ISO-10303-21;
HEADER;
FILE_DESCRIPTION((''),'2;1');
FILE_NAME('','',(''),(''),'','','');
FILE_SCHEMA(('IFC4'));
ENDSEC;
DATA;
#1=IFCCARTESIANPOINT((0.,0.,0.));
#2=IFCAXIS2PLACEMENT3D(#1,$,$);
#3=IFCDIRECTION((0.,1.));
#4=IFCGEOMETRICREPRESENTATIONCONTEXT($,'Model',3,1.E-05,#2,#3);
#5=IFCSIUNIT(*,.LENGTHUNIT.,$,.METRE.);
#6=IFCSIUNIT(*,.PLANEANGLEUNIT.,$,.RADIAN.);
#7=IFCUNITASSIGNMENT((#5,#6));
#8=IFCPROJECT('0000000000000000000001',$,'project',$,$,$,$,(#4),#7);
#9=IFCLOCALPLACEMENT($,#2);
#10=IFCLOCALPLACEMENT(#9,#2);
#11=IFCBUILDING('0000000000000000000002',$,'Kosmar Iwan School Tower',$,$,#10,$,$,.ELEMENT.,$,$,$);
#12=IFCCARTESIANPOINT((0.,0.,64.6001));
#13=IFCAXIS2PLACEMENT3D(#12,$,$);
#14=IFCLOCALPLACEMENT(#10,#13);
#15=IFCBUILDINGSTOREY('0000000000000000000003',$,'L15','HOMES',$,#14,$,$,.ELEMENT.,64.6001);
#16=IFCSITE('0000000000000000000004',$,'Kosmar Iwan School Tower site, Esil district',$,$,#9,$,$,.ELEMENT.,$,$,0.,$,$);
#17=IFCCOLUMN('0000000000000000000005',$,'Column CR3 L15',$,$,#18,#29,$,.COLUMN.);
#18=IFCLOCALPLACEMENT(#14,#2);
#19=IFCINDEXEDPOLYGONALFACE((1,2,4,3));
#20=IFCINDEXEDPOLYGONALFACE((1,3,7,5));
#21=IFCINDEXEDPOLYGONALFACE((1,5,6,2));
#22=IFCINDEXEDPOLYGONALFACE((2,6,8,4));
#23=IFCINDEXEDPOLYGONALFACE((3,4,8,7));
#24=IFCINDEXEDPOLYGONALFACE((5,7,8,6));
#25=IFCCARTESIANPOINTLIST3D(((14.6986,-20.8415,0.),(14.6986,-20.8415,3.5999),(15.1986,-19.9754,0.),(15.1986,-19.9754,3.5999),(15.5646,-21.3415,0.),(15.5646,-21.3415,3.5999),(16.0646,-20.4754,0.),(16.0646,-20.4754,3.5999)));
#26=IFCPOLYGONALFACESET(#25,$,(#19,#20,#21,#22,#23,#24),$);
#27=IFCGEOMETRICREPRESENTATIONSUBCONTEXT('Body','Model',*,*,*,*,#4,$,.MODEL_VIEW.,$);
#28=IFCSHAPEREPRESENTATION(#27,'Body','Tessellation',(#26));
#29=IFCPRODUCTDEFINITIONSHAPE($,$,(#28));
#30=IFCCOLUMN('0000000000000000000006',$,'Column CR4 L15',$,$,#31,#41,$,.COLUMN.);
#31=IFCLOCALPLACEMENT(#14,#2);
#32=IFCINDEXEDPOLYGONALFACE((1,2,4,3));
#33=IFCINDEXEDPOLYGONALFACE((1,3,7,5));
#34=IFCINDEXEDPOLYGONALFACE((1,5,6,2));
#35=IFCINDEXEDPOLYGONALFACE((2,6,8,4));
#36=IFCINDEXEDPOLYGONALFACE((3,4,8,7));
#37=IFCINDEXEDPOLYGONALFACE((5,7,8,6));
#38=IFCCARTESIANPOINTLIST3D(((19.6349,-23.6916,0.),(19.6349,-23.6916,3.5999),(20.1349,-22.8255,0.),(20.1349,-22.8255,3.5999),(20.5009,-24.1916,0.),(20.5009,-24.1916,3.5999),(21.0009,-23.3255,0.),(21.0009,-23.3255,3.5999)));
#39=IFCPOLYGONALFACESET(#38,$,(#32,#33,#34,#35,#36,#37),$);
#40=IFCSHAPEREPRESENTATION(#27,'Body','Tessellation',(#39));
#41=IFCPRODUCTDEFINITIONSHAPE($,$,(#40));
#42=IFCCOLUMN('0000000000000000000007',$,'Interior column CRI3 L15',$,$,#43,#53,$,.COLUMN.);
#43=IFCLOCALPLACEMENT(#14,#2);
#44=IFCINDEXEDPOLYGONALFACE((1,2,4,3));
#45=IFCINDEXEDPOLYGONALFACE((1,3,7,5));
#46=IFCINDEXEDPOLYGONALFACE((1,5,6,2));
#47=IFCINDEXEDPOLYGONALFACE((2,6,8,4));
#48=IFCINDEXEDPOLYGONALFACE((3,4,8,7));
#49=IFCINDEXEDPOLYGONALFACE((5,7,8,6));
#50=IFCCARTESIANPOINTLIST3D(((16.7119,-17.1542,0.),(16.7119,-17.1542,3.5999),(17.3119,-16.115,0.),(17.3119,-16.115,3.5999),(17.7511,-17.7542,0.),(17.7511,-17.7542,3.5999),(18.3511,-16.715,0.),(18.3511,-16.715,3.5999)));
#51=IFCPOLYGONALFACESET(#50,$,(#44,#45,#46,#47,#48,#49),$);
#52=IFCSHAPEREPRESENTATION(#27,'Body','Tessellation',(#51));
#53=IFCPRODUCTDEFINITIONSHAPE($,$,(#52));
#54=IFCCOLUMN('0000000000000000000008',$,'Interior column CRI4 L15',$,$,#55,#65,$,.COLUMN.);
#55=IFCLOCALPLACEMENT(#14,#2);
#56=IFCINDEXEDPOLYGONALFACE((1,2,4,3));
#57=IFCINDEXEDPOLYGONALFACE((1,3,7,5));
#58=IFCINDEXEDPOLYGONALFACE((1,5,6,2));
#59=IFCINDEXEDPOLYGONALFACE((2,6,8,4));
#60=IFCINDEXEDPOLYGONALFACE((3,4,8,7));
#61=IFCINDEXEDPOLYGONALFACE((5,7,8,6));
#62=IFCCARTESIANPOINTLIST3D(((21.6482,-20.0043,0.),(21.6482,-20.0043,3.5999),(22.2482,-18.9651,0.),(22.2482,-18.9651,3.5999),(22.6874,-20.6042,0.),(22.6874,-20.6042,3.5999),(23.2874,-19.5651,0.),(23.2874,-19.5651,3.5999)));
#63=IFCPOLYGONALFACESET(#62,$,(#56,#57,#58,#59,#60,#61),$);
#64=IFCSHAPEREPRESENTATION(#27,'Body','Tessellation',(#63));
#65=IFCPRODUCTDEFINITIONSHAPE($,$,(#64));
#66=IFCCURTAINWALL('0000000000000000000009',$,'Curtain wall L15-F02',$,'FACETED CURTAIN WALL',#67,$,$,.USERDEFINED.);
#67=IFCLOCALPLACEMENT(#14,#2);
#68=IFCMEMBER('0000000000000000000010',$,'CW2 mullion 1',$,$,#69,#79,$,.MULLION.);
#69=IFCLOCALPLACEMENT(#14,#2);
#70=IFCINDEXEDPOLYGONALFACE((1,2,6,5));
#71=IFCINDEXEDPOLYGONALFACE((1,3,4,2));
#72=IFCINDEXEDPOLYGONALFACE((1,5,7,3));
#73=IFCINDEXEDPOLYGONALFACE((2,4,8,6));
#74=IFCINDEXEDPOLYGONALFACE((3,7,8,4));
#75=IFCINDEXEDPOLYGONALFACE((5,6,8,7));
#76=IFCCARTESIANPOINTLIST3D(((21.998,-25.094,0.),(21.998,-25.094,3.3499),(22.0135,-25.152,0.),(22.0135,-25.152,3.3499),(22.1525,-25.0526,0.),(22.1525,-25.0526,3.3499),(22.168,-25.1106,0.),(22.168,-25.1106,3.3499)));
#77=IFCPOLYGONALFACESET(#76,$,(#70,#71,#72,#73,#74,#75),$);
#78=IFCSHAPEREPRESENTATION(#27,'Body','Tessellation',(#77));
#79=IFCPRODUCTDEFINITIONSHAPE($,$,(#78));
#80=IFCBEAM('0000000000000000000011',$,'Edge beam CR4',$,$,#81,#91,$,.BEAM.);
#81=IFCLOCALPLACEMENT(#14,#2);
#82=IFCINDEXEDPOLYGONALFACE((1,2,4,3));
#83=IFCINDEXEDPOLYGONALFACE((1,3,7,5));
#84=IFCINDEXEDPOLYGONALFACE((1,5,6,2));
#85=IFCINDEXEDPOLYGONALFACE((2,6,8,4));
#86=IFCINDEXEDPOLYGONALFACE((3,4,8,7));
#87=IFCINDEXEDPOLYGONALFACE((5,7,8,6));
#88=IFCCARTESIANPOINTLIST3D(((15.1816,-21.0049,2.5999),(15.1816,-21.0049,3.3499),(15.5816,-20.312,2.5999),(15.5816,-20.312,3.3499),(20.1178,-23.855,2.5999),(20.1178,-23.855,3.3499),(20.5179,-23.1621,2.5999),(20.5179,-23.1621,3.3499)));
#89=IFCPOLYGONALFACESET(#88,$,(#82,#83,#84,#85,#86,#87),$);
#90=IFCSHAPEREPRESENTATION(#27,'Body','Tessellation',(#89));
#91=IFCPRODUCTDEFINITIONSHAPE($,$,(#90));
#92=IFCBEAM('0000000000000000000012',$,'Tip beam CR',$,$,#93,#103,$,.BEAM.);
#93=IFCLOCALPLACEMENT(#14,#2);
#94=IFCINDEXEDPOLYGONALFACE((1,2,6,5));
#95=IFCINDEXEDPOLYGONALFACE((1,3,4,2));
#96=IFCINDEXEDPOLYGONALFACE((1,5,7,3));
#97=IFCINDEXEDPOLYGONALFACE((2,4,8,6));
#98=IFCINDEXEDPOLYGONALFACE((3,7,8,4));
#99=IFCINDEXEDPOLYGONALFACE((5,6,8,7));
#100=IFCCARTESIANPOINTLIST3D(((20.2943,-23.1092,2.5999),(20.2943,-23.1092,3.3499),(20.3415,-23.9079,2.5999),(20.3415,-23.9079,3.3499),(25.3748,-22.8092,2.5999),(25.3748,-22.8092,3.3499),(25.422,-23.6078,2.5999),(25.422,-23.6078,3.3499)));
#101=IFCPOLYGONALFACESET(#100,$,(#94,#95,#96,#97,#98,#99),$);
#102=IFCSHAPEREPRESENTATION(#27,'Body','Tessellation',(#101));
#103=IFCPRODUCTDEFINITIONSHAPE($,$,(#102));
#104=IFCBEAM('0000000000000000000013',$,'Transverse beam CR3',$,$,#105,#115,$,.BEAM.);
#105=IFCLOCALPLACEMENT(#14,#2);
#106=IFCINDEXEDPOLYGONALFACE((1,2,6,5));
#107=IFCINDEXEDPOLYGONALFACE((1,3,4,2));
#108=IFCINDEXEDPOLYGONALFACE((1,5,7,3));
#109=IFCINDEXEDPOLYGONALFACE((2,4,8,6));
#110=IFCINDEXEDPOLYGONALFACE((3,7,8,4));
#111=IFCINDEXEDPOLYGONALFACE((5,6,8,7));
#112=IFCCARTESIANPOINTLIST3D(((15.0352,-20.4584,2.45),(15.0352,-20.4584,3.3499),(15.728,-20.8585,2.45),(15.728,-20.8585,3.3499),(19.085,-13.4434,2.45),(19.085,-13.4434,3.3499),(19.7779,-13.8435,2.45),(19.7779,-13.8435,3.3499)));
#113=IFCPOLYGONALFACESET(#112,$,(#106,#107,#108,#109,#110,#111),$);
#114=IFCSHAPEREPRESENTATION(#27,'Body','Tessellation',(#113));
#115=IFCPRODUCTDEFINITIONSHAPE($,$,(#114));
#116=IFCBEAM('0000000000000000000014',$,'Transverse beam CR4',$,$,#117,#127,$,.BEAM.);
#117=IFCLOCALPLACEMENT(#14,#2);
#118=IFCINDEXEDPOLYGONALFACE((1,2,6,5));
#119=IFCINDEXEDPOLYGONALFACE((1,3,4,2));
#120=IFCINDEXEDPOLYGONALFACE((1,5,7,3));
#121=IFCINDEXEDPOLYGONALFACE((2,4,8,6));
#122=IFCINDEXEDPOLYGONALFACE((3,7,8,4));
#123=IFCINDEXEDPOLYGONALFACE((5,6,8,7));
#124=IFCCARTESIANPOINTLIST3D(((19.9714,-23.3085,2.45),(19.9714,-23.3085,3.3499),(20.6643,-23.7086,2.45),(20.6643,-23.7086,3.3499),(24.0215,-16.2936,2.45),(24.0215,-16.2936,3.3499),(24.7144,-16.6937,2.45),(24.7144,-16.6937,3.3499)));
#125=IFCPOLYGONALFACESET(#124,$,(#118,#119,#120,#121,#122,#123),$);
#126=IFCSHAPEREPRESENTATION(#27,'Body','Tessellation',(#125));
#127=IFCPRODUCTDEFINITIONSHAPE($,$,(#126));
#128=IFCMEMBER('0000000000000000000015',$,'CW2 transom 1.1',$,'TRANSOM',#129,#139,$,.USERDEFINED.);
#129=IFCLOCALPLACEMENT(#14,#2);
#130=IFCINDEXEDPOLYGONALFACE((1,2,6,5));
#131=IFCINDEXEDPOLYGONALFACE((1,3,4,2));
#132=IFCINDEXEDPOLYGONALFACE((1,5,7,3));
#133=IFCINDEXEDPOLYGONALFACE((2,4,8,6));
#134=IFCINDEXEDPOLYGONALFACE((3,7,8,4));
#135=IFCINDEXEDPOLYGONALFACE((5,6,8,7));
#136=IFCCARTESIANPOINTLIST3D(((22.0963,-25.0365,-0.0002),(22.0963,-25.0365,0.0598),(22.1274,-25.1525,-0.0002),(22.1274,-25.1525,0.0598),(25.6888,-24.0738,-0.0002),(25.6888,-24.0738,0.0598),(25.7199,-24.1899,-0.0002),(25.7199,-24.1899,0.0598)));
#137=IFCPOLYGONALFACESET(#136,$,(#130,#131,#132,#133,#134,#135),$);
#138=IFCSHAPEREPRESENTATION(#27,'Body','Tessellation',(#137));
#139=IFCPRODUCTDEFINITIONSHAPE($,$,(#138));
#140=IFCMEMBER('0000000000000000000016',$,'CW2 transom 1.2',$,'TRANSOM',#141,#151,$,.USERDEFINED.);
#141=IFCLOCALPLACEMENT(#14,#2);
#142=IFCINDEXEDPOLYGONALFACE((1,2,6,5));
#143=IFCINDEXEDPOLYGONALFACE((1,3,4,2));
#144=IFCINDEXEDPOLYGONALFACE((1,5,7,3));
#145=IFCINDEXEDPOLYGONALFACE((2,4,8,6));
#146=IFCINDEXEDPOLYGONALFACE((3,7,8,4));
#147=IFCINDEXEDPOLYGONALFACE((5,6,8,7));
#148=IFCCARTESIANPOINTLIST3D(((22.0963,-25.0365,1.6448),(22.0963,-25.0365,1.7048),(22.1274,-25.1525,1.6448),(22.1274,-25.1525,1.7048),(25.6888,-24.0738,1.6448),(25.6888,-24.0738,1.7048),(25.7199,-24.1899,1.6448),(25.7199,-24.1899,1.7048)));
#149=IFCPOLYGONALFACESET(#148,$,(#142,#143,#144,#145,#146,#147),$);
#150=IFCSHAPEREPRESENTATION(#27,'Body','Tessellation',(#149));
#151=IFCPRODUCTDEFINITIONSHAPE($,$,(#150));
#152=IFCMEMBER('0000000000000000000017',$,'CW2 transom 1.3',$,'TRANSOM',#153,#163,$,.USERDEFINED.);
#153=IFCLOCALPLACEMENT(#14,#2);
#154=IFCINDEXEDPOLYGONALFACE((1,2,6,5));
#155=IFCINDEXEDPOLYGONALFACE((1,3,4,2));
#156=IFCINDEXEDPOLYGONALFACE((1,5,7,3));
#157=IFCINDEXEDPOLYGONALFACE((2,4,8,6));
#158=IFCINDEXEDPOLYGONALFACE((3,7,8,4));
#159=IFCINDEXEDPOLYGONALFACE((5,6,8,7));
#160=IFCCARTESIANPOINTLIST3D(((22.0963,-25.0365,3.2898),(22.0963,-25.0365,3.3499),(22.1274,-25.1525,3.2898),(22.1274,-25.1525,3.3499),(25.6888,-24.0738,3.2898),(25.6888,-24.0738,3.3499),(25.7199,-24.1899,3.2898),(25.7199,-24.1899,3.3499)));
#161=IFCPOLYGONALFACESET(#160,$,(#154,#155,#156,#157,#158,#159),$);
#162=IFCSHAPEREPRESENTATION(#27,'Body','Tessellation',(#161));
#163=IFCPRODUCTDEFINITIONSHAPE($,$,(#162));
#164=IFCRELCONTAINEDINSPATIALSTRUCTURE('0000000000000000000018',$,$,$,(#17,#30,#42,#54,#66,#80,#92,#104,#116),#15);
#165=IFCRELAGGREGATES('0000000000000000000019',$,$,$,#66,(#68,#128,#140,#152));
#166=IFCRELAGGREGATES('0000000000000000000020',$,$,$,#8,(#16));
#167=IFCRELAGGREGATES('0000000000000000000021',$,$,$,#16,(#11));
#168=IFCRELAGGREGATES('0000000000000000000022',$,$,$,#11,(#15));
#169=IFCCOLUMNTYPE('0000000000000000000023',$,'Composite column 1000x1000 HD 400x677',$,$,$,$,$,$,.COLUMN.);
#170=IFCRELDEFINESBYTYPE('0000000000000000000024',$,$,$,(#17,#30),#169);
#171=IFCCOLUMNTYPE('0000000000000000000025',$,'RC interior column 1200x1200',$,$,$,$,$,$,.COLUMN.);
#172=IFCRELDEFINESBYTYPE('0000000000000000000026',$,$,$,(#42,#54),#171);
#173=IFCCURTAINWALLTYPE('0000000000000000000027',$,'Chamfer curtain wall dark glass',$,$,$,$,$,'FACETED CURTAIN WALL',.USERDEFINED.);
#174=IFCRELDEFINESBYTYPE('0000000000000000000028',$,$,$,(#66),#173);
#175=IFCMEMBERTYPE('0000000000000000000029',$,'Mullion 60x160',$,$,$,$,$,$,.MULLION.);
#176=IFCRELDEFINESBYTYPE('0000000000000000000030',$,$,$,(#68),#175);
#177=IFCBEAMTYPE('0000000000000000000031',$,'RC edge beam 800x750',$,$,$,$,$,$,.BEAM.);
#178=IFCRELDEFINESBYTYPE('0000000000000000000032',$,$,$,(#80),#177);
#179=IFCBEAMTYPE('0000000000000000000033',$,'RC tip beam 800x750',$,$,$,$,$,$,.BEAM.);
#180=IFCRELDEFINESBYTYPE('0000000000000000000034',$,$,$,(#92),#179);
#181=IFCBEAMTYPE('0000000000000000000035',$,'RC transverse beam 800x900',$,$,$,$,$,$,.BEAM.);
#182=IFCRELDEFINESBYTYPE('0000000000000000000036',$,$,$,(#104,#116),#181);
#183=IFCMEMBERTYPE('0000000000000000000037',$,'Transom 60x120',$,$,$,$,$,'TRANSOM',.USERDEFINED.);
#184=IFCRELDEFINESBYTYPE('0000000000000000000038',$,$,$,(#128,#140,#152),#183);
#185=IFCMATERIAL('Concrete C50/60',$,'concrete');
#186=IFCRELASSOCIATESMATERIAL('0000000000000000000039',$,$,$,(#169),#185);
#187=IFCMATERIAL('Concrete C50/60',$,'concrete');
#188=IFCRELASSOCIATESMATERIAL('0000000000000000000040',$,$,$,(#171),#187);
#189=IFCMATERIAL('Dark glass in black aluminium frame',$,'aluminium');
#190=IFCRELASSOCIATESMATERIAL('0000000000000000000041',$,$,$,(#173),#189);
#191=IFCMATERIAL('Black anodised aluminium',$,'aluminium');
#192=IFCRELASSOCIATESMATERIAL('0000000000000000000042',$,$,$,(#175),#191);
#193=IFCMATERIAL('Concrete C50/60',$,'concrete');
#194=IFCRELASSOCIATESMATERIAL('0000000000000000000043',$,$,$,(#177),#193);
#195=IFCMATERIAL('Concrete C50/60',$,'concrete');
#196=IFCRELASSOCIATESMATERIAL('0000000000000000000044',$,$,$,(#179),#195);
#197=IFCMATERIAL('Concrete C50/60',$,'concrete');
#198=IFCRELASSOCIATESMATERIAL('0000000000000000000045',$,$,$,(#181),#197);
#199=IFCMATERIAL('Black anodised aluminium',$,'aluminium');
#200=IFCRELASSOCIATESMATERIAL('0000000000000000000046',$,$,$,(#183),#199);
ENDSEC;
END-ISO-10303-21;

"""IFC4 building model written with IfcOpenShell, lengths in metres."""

from ifc_helpers import new_model, si_unit, direction, frame, origin, origin_2d, place, context, subcontext, project, spatial, rectangle, extrude, material, material_profile, profile_set, type_object, element, aggregate, save


model = new_model("IFC4")

# Units and contexts
model_context = context("Model", 3, precision=1e-05, world=origin(), true_north=direction((0.0, 1.0)))
body_context = subcontext(model_context, "Body", "Model", "MODEL_VIEW")
ifc_project = project(units=[si_unit("LENGTHUNIT", "METRE"), si_unit("PLANEANGLEUNIT", "RADIAN")], contexts=[model_context])

# Site, building, storey
site_placement = place(None, origin())
site = spatial("IfcSite", under=ifc_project, at=site_placement, Name="Kosmar Iwan School Tower site, Esil district", CompositionType="ELEMENT", RefElevation=0.0)
building_placement = place(site_placement, origin())
building = spatial("IfcBuilding", under=site, at=building_placement, Name="Kosmar Iwan School Tower", CompositionType="ELEMENT")
storey_placement = place(building_placement, frame((0.0, 0.0, 64.6001)))
storey = spatial("IfcBuildingStorey", under=building, at=storey_placement, Name="L15", Description="HOMES", CompositionType="ELEMENT", Elevation=64.6001)

# Columns
ifc_material_1 = material(Name="Concrete C50/60", Category="concrete")
ifc_material_profile_1 = material_profile(ifc_material_1, rectangle(XDim=1.0, YDim=1.0, at=origin_2d()), Name="RC 1000x1000 + HD 400x677")
ifc_profile_set_1 = profile_set([ifc_material_profile_1], Name="Concrete C50/60")
column_type_1 = type_object("IfcColumnType", Name="Composite column 1000x1000 HD 400x677", PredefinedType="COLUMN", material=ifc_profile_set_1)
for number, where, z_axis, x_axis, name in (
    (1, (15.3816, -20.6584, 0.0), (0.0, 0.0, 1.0), (0.866025, -0.5, 0.0), "Column CR3 L15"),
    (2, (20.3179, -23.5085, 0.0), (0.0, 0.0, 1.0), (0.866025, -0.5, 0.0), "Column CR4 L15"),
):
    element("IfcColumn", number, at=place(storey_placement, frame(where, z_axis=z_axis, x_axis=x_axis)), inside=storey, type_object=column_type_1, Name=name, PredefinedType="COLUMN", context=body_context, shape_type="SweptSolid", body=[
        extrude(rectangle(XDim=1.0, YDim=1.0, at=origin_2d()), origin(), (0.0, 0.0, 1.0), 3.5999),
    ])
ifc_material_2 = material(Name="Concrete C50/60", Category="concrete")
ifc_material_profile_2 = material_profile(ifc_material_2, rectangle(XDim=1.2, YDim=1.2, at=origin_2d()), Name="RC 1200x1200")
ifc_profile_set_2 = profile_set([ifc_material_profile_2], Name="Concrete C50/60")
column_type_2 = type_object("IfcColumnType", Name="RC interior column 1200x1200", PredefinedType="COLUMN", material=ifc_profile_set_2)
for number, where, z_axis, x_axis, name in (
    (3, (17.5315, -16.9346, 0.0), (0.0, 0.0, 1.0), (0.866025, -0.5, 0.0), "Interior column CRI3 L15"),
    (4, (22.4678, -19.7847, 0.0), (0.0, 0.0, 1.0), (0.866025, -0.5, 0.0), "Interior column CRI4 L15"),
):
    element("IfcColumn", number, at=place(storey_placement, frame(where, z_axis=z_axis, x_axis=x_axis)), inside=storey, type_object=column_type_2, Name=name, PredefinedType="COLUMN", context=body_context, shape_type="SweptSolid", body=[
        extrude(rectangle(XDim=1.2, YDim=1.2, at=origin_2d()), origin(), (0.0, 0.0, 1.0), 3.5999),
    ])

# Curtain wall, member
ifc_material_3 = material(Name="Dark glass in black aluminium frame", Category="aluminium")
curtain_wall_type = type_object("IfcCurtainWallType", Name="Chamfer curtain wall dark glass", ElementType="FACETED CURTAIN WALL", PredefinedType="USERDEFINED", material=ifc_material_3)
curtain_wall_placement = place(storey_placement, origin())
curtain_wall = element("IfcCurtainWall", 5, at=curtain_wall_placement, inside=storey, type_object=curtain_wall_type, Name="Curtain wall L15-F02", ObjectType="FACETED CURTAIN WALL", PredefinedType="USERDEFINED")
ifc_material_4 = material(Name="Black anodised aluminium", Category="aluminium")
ifc_material_profile_3 = material_profile(ifc_material_4, rectangle(XDim=0.0601, YDim=0.1599, at=origin_2d()), Name="MULLION 60x160")
ifc_profile_set_3 = profile_set([ifc_material_profile_3], Name="Black anodised aluminium")
member_type_1 = type_object("IfcMemberType", Name="Mullion 60x160", PredefinedType="MULLION", material=ifc_profile_set_3)
member_1_placement = place(storey_placement, frame((22.083, -25.1023, 0.0), z_axis=(0.0, 0.0, 1.0), x_axis=(-0.258819, 0.965926, 0.0)))
member_1 = element("IfcMember", 6, at=member_1_placement, type_object=member_type_1, Name="CW2 mullion 1", PredefinedType="MULLION", context=body_context, shape_type="SweptSolid", body=[
    extrude(rectangle(XDim=0.0601, YDim=0.1599, at=origin_2d()), origin(), (0.0, 0.0, 1.0), 3.3499),
])

# Beams
ifc_material_5 = material(Name="Concrete C50/60", Category="concrete")
ifc_material_profile_4 = material_profile(ifc_material_5, rectangle(XDim=0.8, YDim=0.75, at=origin_2d()), Name="RC 800x750")
ifc_profile_set_4 = profile_set([ifc_material_profile_4], Name="Concrete C50/60")
beam_type_1 = type_object("IfcBeamType", Name="RC edge beam 800x750", PredefinedType="BEAM", material=ifc_profile_set_4)
beam_1_placement = place(storey_placement, frame((15.3816, -20.6584, 2.9749), z_axis=(0.866015, -0.500018, 0.0), x_axis=(0.500018, 0.866015, 0.0)))
element("IfcBeam", 7, at=beam_1_placement, inside=storey, type_object=beam_type_1, Name="Edge beam CR4", PredefinedType="BEAM", context=body_context, shape_type="SweptSolid", body=[
    extrude(rectangle(XDim=0.8, YDim=0.75, at=origin_2d()), origin(), (0.0, 0.0, 1.0), 5.7),
])
ifc_material_6 = material(Name="Concrete C50/60", Category="concrete")
ifc_material_profile_5 = material_profile(ifc_material_6, rectangle(XDim=0.8, YDim=0.75, at=origin_2d()), Name="RC 800x750")
ifc_profile_set_5 = profile_set([ifc_material_profile_5], Name="Concrete C50/60")
beam_type_2 = type_object("IfcBeamType", Name="RC tip beam 800x750", PredefinedType="BEAM", material=ifc_profile_set_5)
beam_2_placement = place(storey_placement, frame((20.3179, -23.5085, 2.9749), z_axis=(0.998261, 0.058955, 0.0), x_axis=(-0.058955, 0.998261, 0.0)))
element("IfcBeam", 8, at=beam_2_placement, inside=storey, type_object=beam_type_2, Name="Tip beam CR", PredefinedType="BEAM", context=body_context, shape_type="SweptSolid", body=[
    extrude(rectangle(XDim=0.8, YDim=0.75, at=origin_2d()), origin(), (0.0, 0.0, 1.0), 5.0894),
])
ifc_material_7 = material(Name="Concrete C50/60", Category="concrete")
ifc_material_profile_6 = material_profile(ifc_material_7, rectangle(XDim=0.8, YDim=0.8999, at=origin_2d()), Name="RC 800x900")
ifc_profile_set_6 = profile_set([ifc_material_profile_6], Name="Concrete C50/60")
beam_type_3 = type_object("IfcBeamType", Name="RC transverse beam 800x900", PredefinedType="BEAM", material=ifc_profile_set_6)
for number, where, z_axis, x_axis, name in (
    (9, (15.3816, -20.6584, 2.8999), (0.499977, 0.866039, 0.0), (-0.866039, 0.499977, 0.0), "Transverse beam CR3"),
    (10, (20.3179, -23.5085, 2.8999), (0.5, 0.866025, 0.0), (-0.866025, 0.5, 0.0), "Transverse beam CR4"),
):
    element("IfcBeam", number, at=place(storey_placement, frame(where, z_axis=z_axis, x_axis=x_axis)), inside=storey, type_object=beam_type_3, Name=name, PredefinedType="BEAM", context=body_context, shape_type="SweptSolid", body=[
        extrude(rectangle(XDim=0.8, YDim=0.8999, at=origin_2d()), origin(), (0.0, 0.0, 1.0), 8.1001),
    ])

# Members
ifc_material_8 = material(Name="Black anodised aluminium", Category="aluminium")
ifc_material_profile_7 = material_profile(ifc_material_8, rectangle(XDim=0.1201, YDim=0.0601, at=origin_2d()), Name="TRANSOM 60x120")
ifc_profile_set_7 = profile_set([ifc_material_profile_7], Name="Black anodised aluminium")
member_type_2 = type_object("IfcMemberType", Name="Transom 60x120", ElementType="TRANSOM", PredefinedType="USERDEFINED", material=ifc_profile_set_7)
member_2_placement = place(storey_placement, frame((22.1118, -25.0945, 0.0298), z_axis=(0.965924, 0.258827, 0.0), x_axis=(-0.258827, 0.965924, 0.0)))
member_2 = element("IfcMember", 11, at=member_2_placement, type_object=member_type_2, Name="CW2 transom 1.1", ObjectType="TRANSOM", PredefinedType="USERDEFINED", context=body_context, shape_type="SweptSolid", body=[
    extrude(rectangle(XDim=0.1201, YDim=0.0601, at=origin_2d()), origin(), (0.0, 0.0, 1.0), 3.7192),
])
member_3_placement = place(storey_placement, frame((22.1118, -25.0945, 1.6748), z_axis=(0.965924, 0.258827, 0.0), x_axis=(-0.258827, 0.965924, 0.0)))
member_3 = element("IfcMember", 12, at=member_3_placement, type_object=member_type_2, Name="CW2 transom 1.2", ObjectType="TRANSOM", PredefinedType="USERDEFINED", context=body_context, shape_type="SweptSolid", body=[
    extrude(rectangle(XDim=0.1201, YDim=0.0601, at=origin_2d()), origin(), (0.0, 0.0, 1.0), 3.7192),
])
member_4_placement = place(storey_placement, frame((22.1118, -25.0945, 3.3198), z_axis=(0.965924, 0.258827, 0.0), x_axis=(-0.258827, 0.965924, 0.0)))
member_4 = element("IfcMember", 13, at=member_4_placement, type_object=member_type_2, Name="CW2 transom 1.3", ObjectType="TRANSOM", PredefinedType="USERDEFINED", context=body_context, shape_type="SweptSolid", body=[
    extrude(rectangle(XDim=0.1201, YDim=0.0601, at=origin_2d()), origin(), (0.0, 0.0, 1.0), 3.7192),
])
aggregate(curtain_wall, [member_1, member_2, member_3, member_4])

save(model, "model.ifc")
